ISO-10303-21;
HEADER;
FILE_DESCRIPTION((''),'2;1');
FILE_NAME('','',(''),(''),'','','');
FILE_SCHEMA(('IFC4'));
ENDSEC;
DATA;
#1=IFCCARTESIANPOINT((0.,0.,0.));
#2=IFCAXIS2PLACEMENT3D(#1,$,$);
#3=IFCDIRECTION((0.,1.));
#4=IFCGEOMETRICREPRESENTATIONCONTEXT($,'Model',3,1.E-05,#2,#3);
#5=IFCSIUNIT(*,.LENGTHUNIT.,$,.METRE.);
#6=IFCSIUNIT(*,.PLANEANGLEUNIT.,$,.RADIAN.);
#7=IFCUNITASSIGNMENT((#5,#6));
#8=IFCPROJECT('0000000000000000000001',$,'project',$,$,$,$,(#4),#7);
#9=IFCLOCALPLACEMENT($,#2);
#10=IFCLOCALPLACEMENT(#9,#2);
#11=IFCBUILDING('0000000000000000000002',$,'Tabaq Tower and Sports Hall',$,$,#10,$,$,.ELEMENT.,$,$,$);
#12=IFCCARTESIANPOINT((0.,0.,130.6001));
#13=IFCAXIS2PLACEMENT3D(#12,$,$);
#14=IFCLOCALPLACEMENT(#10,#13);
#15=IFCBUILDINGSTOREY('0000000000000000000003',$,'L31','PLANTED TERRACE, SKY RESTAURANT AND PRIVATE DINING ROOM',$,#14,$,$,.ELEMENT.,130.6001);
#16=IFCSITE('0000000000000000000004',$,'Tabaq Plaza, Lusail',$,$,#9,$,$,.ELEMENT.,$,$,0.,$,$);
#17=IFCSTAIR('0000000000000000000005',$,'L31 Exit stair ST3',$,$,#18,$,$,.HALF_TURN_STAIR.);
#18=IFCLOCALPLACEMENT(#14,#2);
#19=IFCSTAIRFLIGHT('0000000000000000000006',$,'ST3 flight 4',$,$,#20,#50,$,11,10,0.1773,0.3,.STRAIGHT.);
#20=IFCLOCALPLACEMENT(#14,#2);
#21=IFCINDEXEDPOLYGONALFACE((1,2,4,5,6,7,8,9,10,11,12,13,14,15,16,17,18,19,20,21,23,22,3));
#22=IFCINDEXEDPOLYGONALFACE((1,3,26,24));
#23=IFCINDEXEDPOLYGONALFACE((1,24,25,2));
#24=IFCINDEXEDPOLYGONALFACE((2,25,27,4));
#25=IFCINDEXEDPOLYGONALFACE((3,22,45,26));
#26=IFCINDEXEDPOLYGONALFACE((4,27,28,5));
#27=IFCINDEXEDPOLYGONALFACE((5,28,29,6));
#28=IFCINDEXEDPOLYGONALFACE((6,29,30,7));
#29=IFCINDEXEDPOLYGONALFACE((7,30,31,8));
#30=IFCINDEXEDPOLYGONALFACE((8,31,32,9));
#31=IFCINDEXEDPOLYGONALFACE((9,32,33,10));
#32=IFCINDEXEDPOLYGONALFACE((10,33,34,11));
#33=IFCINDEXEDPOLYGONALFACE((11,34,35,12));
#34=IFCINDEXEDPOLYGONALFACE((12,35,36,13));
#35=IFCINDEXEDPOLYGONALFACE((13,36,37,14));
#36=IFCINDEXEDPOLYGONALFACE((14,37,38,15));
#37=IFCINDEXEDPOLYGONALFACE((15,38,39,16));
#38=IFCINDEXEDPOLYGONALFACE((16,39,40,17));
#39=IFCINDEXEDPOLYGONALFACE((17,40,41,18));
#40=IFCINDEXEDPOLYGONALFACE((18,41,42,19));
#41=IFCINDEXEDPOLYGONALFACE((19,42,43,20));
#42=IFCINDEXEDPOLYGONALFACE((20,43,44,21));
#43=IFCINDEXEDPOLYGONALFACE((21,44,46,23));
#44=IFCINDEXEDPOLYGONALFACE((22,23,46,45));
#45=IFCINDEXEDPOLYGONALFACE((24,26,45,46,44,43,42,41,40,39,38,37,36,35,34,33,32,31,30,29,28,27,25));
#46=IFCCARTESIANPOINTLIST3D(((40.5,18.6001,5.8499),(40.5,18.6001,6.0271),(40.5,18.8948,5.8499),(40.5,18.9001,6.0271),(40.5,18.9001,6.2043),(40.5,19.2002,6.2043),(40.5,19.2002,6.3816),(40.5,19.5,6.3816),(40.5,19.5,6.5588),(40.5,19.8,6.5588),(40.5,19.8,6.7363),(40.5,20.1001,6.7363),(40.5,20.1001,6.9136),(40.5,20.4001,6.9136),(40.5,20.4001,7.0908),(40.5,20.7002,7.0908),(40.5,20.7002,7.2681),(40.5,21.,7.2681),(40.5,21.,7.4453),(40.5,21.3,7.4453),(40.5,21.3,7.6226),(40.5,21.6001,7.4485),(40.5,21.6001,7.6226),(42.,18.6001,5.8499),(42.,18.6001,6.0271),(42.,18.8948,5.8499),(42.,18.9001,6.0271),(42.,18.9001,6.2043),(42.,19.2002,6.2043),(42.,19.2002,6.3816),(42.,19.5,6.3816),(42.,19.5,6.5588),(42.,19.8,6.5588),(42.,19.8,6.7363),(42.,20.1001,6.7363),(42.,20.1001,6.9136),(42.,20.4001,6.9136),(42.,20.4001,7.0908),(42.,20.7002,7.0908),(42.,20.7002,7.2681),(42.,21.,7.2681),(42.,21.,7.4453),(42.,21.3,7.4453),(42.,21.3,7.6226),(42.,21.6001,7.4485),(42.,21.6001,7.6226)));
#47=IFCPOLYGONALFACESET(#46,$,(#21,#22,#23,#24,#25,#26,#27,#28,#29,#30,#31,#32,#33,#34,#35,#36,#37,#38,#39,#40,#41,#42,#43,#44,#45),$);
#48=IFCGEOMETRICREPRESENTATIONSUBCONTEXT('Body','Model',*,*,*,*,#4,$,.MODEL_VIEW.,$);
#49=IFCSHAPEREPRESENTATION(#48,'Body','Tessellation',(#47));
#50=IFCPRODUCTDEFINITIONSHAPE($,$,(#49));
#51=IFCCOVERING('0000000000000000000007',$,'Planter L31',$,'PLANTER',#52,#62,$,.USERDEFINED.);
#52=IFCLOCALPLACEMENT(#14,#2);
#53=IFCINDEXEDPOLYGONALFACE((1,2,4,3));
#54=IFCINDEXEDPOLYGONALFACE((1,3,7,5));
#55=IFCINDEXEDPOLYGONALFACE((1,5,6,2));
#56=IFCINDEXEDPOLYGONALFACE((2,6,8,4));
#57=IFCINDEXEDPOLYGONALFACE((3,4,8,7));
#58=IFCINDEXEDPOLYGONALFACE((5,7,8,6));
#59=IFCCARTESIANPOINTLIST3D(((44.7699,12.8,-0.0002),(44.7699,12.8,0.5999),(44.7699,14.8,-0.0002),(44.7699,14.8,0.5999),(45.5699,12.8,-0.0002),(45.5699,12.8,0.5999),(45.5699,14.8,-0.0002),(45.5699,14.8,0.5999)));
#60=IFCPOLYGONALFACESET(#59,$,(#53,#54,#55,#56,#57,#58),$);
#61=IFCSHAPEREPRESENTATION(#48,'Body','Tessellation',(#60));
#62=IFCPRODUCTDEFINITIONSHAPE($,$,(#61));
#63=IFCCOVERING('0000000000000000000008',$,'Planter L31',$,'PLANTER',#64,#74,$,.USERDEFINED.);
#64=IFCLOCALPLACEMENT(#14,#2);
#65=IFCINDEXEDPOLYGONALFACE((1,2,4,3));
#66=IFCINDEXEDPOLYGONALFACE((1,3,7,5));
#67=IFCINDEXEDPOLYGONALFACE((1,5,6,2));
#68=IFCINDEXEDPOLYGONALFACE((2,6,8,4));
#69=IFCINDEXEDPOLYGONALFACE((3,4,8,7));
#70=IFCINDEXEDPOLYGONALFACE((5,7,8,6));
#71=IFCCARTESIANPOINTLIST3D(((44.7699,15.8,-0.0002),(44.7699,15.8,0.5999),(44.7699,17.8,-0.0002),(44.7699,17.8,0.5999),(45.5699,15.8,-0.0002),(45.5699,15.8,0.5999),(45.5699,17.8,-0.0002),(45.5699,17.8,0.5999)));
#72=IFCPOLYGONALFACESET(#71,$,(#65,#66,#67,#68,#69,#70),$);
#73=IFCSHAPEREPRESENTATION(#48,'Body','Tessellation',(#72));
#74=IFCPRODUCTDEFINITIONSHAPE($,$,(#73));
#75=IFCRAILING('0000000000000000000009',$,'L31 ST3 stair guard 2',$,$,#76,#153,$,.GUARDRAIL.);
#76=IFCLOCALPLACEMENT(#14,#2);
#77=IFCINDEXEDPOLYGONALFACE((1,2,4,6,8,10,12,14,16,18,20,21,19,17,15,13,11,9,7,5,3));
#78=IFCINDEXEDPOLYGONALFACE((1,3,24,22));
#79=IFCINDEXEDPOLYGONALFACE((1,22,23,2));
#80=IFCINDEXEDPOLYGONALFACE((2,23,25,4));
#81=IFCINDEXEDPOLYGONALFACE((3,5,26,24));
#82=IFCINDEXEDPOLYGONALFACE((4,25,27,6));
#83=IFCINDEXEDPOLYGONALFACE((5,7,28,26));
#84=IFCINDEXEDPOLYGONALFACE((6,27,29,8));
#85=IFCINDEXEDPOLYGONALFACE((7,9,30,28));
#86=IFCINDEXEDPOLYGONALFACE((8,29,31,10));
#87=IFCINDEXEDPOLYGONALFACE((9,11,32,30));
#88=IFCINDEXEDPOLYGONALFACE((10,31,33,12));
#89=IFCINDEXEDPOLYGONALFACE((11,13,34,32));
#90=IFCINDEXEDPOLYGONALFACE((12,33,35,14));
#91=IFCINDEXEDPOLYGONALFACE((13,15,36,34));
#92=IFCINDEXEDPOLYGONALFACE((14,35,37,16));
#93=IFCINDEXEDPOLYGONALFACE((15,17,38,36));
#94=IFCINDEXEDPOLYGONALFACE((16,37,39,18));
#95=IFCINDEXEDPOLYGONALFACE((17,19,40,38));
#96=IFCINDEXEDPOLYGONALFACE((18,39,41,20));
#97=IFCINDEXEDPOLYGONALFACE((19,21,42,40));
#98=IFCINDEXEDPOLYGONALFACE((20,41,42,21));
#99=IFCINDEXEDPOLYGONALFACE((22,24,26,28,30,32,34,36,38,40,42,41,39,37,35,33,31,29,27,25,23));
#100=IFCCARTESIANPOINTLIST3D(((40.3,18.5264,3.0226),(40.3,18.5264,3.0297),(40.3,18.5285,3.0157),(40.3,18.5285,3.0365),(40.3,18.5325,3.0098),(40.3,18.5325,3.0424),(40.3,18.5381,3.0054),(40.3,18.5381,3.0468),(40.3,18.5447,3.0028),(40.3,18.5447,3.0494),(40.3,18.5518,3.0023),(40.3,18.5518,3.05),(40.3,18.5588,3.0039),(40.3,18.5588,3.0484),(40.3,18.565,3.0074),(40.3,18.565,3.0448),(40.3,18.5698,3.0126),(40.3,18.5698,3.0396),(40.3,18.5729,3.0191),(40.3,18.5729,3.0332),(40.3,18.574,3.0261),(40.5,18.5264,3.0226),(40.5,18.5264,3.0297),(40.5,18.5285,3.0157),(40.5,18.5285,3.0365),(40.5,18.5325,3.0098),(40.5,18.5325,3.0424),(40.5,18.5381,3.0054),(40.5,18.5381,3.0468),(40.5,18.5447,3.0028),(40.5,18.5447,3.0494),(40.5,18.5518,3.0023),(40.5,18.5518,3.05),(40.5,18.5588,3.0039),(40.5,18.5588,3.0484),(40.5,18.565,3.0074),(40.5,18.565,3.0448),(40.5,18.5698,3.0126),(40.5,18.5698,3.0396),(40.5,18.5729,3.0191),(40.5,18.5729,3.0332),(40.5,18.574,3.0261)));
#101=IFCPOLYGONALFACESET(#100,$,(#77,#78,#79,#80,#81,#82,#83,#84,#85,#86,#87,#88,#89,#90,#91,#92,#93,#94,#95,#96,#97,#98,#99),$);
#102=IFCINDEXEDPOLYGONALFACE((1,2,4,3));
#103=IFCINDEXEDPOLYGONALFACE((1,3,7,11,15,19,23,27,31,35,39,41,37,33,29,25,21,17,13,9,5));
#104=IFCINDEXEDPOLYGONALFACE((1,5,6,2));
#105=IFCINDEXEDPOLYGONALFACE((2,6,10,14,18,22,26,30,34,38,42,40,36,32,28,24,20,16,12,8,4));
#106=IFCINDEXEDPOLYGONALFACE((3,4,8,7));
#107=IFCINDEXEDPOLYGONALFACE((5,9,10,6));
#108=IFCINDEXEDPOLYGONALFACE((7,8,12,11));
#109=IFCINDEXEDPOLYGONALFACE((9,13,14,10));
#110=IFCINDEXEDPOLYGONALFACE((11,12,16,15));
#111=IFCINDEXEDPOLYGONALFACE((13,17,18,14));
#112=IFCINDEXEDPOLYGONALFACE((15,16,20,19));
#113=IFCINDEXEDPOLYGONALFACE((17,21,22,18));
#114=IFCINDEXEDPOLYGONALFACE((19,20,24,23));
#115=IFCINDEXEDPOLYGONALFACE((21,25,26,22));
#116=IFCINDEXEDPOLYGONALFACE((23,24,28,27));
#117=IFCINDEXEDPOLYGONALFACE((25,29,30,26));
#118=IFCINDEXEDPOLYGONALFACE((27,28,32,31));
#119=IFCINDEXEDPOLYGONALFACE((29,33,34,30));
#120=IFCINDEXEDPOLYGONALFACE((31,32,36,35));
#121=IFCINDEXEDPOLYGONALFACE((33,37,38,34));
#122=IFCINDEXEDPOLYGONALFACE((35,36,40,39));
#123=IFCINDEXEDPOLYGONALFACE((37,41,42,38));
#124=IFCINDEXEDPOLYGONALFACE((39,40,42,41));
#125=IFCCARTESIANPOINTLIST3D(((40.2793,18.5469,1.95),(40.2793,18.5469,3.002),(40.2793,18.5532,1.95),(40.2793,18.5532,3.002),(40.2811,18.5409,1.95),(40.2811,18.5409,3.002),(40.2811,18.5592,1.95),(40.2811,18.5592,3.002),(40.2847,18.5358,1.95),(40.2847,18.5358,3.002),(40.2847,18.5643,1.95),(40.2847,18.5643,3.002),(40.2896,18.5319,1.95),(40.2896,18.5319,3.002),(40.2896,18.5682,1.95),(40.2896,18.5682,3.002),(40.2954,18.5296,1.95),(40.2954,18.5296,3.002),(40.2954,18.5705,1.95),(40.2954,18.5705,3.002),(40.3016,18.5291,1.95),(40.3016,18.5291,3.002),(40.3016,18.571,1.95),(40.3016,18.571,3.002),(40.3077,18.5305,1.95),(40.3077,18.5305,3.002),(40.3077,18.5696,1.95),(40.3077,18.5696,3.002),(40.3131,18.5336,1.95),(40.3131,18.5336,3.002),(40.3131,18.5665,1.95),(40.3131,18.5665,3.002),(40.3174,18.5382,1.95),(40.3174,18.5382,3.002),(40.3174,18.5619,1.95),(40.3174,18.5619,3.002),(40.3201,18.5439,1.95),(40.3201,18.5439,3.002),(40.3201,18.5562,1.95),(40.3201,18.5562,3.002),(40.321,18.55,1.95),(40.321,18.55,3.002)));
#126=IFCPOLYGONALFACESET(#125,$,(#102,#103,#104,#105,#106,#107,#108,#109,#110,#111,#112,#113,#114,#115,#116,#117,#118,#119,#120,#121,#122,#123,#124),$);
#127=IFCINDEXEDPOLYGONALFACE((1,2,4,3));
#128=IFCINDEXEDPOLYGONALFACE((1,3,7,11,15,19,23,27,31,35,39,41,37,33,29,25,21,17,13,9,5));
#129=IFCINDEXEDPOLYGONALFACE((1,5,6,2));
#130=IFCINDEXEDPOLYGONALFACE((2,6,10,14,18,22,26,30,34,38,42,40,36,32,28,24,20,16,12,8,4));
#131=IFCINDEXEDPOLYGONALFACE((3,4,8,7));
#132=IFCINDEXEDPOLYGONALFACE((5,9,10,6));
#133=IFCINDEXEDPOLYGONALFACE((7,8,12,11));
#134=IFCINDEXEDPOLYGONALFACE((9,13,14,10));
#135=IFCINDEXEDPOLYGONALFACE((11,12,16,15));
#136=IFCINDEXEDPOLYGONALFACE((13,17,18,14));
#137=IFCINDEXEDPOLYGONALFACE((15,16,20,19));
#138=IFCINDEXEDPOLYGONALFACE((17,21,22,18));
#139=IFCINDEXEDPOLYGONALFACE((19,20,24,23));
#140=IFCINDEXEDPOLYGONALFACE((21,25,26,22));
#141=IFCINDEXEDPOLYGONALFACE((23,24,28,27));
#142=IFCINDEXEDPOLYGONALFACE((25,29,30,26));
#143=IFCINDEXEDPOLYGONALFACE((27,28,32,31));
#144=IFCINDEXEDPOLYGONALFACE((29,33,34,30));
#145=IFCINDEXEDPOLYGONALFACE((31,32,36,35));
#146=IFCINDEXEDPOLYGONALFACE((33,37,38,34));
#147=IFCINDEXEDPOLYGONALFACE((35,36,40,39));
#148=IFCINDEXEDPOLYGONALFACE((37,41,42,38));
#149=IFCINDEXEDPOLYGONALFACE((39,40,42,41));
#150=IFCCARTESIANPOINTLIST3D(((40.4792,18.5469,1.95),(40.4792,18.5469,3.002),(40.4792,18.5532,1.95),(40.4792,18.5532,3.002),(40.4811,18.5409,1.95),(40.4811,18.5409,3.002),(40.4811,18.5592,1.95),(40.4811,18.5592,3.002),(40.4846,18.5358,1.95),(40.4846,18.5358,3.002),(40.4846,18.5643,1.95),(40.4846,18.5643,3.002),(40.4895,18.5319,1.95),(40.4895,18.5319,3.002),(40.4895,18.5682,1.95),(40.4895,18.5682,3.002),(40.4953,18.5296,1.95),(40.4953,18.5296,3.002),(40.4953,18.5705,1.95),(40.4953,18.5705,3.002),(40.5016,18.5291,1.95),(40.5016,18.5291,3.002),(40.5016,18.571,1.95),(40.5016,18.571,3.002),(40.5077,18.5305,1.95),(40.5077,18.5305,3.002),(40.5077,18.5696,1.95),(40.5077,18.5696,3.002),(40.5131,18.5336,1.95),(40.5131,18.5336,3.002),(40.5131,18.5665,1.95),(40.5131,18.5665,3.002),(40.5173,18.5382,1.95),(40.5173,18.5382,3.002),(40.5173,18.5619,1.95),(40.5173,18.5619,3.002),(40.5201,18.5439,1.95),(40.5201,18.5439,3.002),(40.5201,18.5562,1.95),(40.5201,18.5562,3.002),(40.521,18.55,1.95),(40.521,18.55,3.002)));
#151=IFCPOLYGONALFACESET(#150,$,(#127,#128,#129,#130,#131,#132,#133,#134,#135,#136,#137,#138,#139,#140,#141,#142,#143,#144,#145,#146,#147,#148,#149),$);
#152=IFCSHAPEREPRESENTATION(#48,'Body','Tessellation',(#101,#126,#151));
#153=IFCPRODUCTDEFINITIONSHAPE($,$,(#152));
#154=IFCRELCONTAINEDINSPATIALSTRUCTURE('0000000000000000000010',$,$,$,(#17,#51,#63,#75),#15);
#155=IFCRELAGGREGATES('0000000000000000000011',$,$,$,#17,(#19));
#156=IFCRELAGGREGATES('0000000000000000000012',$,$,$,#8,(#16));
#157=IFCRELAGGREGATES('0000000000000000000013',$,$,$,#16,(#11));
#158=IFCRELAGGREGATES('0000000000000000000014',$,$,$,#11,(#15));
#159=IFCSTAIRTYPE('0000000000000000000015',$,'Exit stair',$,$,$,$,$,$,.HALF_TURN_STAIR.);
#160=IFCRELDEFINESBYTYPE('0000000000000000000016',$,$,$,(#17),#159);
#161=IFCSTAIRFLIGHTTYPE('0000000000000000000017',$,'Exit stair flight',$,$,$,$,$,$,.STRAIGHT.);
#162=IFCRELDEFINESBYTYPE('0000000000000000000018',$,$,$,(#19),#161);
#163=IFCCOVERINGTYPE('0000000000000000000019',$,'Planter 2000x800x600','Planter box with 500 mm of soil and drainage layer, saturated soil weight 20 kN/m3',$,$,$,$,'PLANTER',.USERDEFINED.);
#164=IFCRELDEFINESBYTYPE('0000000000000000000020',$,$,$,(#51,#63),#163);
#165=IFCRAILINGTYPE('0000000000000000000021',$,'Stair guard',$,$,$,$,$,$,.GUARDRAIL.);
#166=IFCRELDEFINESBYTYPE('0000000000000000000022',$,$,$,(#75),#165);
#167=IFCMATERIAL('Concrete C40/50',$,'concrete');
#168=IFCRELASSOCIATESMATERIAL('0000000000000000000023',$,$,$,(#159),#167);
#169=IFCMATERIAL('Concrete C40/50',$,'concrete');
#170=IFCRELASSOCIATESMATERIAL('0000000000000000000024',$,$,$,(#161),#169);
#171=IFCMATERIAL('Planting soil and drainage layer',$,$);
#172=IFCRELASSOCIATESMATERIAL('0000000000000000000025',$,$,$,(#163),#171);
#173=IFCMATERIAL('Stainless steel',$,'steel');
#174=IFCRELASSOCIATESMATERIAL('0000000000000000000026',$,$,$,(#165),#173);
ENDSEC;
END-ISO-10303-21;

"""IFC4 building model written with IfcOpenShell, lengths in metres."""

from ifc_helpers import new_model, si_unit, direction, frame, origin, origin_2d, place, context, subcontext, project, spatial, polyline, rectangle, circle, outline, extrude, material, type_object, element, aggregate, save


model = new_model("IFC4")

# Units and contexts
model_context = context("Model", 3, precision=1e-05, world=origin(), true_north=direction((0.0, 1.0)))
body_context = subcontext(model_context, "Body", "Model", "MODEL_VIEW")
ifc_project = project(units=[si_unit("LENGTHUNIT", "METRE"), si_unit("PLANEANGLEUNIT", "RADIAN")], contexts=[model_context])

# Site, building, storey
site_placement = place(None, origin())
site = spatial("IfcSite", under=ifc_project, at=site_placement, Name="Tabaq Plaza, Lusail", CompositionType="ELEMENT", RefElevation=0.0)
building_placement = place(site_placement, origin())
building = spatial("IfcBuilding", under=site, at=building_placement, Name="Tabaq Tower and Sports Hall", CompositionType="ELEMENT")
storey_placement = place(building_placement, frame((0.0, 0.0, 130.6001)))
storey = spatial("IfcBuildingStorey", under=building, at=storey_placement, Name="L31", Description="PLANTED TERRACE, SKY RESTAURANT AND PRIVATE DINING ROOM", CompositionType="ELEMENT", Elevation=130.6001)

# Stair, stair flight
ifc_material_1 = material(Name="Concrete C40/50", Category="concrete")
stair_type = type_object("IfcStairType", Name="Exit stair", PredefinedType="HALF_TURN_STAIR", material=ifc_material_1)
stair_placement = place(storey_placement, origin())
stair = element("IfcStair", 1, at=stair_placement, inside=storey, type_object=stair_type, Name="L31 Exit stair ST3", PredefinedType="HALF_TURN_STAIR")
ifc_material_2 = material(Name="Concrete C40/50", Category="concrete")
stair_flight_type = type_object("IfcStairFlightType", Name="Exit stair flight", PredefinedType="STRAIGHT", material=ifc_material_2)
stair_flight_1_placement = place(storey_placement, frame((41.25, 18.6001, 5.8499), z_axis=(0.0, 0.0, 1.0), x_axis=(0.0, 1.0, 0.0)))
stair_flight_1 = element("IfcStairFlight", 2, at=stair_flight_1_placement, type_object=stair_flight_type, Name="ST3 flight 4", NumberOfRisers=11, NumberOfTreads=10, PredefinedType="STRAIGHT", RiserHeight=0.1773, TreadLength=0.3, context=body_context, shape_type="SweptSolid", body=[
    extrude(outline(polyline([(0.0, 0.0), (0.0, 0.1772), (0.3, 0.1772), (0.3, 0.3545), (0.6001, 0.3545), (0.6001, 0.5317), (0.8999, 0.5317), (0.8999, 0.709), (1.2, 0.709), (1.2, 0.8865), (1.5, 0.8865), (1.5, 1.0637), (1.8, 1.0637), (1.8, 1.241), (2.1001, 1.241), (2.1001, 1.4182), (2.3999, 1.4182), (2.3999, 1.5955), (2.7, 1.5955), (2.7, 1.7727), (3.0, 1.7727), (3.0, 1.95), (3.0, 1.5986), (0.2947, 0.0), (0.0, 0.0)])), frame((0.0, 0.75, 0.0), z_axis=(0.0, -1.0, 0.0), x_axis=(1.0, 0.0, 0.0)), (0.0, 0.0, 1.0), 1.5),
])
aggregate(stair, [stair_flight_1])

# Coverings
ifc_material_3 = material(Name="Planting soil and drainage layer")
covering_type_1 = type_object("IfcCoveringType", Name="Planter 2000x800x600", Description="Planter box with 500 mm of soil and drainage layer, saturated soil weight 20 kN/m3", ElementType="PLANTER", PredefinedType="USERDEFINED", material=ifc_material_3)
for number, where, z_axis, x_axis, name in (
    (3, (45.1699, 13.8, -0.0002), (0.0, 0.0, 1.0), (0.0, 1.0, 0.0), "Planter L31"),
    (4, (45.1699, 16.8, -0.0002), (0.0, 0.0, 1.0), (0.0, 1.0, 0.0), "Planter L31"),
):
    element("IfcCovering", number, at=place(storey_placement, frame(where, z_axis=z_axis, x_axis=x_axis)), inside=storey, type_object=covering_type_1, Name=name, ObjectType="PLANTER", PredefinedType="USERDEFINED", context=body_context, shape_type="SweptSolid", body=[
        extrude(rectangle(XDim=2.0, YDim=0.8, at=origin_2d()), origin(), (0.0, 0.0, 1.0), 0.6001),
    ])

# Railing
ifc_material_4 = material(Name="Stainless steel", Category="steel")
railing_type = type_object("IfcRailingType", Name="Stair guard", PredefinedType="GUARDRAIL", material=ifc_material_4)
railing_1_placement = place(storey_placement, frame((40.3, 18.55, 1.95)))
element("IfcRailing", 5, at=railing_1_placement, inside=storey, type_object=railing_type, Name="L31 ST3 stair guard 2", PredefinedType="GUARDRAIL", context=body_context, shape_type="SweptSolid", body=[
    extrude(circle(Radius=0.0239, at=origin_2d()), frame((0.0, 0.0, 1.0762), z_axis=(1.0, 0.0, 0.0), x_axis=(0.0, 1.0, 0.0)), (0.0, 0.0, 1.0), 0.2),
    extrude(circle(Radius=0.021, at=origin_2d()), origin(), (0.0, 0.0, 1.0), 1.052),
    extrude(circle(Radius=0.021, at=origin_2d()), frame((0.2, 0.0, 0.0)), (0.0, 0.0, 1.0), 1.052),
])

save(model, "model.ifc")
